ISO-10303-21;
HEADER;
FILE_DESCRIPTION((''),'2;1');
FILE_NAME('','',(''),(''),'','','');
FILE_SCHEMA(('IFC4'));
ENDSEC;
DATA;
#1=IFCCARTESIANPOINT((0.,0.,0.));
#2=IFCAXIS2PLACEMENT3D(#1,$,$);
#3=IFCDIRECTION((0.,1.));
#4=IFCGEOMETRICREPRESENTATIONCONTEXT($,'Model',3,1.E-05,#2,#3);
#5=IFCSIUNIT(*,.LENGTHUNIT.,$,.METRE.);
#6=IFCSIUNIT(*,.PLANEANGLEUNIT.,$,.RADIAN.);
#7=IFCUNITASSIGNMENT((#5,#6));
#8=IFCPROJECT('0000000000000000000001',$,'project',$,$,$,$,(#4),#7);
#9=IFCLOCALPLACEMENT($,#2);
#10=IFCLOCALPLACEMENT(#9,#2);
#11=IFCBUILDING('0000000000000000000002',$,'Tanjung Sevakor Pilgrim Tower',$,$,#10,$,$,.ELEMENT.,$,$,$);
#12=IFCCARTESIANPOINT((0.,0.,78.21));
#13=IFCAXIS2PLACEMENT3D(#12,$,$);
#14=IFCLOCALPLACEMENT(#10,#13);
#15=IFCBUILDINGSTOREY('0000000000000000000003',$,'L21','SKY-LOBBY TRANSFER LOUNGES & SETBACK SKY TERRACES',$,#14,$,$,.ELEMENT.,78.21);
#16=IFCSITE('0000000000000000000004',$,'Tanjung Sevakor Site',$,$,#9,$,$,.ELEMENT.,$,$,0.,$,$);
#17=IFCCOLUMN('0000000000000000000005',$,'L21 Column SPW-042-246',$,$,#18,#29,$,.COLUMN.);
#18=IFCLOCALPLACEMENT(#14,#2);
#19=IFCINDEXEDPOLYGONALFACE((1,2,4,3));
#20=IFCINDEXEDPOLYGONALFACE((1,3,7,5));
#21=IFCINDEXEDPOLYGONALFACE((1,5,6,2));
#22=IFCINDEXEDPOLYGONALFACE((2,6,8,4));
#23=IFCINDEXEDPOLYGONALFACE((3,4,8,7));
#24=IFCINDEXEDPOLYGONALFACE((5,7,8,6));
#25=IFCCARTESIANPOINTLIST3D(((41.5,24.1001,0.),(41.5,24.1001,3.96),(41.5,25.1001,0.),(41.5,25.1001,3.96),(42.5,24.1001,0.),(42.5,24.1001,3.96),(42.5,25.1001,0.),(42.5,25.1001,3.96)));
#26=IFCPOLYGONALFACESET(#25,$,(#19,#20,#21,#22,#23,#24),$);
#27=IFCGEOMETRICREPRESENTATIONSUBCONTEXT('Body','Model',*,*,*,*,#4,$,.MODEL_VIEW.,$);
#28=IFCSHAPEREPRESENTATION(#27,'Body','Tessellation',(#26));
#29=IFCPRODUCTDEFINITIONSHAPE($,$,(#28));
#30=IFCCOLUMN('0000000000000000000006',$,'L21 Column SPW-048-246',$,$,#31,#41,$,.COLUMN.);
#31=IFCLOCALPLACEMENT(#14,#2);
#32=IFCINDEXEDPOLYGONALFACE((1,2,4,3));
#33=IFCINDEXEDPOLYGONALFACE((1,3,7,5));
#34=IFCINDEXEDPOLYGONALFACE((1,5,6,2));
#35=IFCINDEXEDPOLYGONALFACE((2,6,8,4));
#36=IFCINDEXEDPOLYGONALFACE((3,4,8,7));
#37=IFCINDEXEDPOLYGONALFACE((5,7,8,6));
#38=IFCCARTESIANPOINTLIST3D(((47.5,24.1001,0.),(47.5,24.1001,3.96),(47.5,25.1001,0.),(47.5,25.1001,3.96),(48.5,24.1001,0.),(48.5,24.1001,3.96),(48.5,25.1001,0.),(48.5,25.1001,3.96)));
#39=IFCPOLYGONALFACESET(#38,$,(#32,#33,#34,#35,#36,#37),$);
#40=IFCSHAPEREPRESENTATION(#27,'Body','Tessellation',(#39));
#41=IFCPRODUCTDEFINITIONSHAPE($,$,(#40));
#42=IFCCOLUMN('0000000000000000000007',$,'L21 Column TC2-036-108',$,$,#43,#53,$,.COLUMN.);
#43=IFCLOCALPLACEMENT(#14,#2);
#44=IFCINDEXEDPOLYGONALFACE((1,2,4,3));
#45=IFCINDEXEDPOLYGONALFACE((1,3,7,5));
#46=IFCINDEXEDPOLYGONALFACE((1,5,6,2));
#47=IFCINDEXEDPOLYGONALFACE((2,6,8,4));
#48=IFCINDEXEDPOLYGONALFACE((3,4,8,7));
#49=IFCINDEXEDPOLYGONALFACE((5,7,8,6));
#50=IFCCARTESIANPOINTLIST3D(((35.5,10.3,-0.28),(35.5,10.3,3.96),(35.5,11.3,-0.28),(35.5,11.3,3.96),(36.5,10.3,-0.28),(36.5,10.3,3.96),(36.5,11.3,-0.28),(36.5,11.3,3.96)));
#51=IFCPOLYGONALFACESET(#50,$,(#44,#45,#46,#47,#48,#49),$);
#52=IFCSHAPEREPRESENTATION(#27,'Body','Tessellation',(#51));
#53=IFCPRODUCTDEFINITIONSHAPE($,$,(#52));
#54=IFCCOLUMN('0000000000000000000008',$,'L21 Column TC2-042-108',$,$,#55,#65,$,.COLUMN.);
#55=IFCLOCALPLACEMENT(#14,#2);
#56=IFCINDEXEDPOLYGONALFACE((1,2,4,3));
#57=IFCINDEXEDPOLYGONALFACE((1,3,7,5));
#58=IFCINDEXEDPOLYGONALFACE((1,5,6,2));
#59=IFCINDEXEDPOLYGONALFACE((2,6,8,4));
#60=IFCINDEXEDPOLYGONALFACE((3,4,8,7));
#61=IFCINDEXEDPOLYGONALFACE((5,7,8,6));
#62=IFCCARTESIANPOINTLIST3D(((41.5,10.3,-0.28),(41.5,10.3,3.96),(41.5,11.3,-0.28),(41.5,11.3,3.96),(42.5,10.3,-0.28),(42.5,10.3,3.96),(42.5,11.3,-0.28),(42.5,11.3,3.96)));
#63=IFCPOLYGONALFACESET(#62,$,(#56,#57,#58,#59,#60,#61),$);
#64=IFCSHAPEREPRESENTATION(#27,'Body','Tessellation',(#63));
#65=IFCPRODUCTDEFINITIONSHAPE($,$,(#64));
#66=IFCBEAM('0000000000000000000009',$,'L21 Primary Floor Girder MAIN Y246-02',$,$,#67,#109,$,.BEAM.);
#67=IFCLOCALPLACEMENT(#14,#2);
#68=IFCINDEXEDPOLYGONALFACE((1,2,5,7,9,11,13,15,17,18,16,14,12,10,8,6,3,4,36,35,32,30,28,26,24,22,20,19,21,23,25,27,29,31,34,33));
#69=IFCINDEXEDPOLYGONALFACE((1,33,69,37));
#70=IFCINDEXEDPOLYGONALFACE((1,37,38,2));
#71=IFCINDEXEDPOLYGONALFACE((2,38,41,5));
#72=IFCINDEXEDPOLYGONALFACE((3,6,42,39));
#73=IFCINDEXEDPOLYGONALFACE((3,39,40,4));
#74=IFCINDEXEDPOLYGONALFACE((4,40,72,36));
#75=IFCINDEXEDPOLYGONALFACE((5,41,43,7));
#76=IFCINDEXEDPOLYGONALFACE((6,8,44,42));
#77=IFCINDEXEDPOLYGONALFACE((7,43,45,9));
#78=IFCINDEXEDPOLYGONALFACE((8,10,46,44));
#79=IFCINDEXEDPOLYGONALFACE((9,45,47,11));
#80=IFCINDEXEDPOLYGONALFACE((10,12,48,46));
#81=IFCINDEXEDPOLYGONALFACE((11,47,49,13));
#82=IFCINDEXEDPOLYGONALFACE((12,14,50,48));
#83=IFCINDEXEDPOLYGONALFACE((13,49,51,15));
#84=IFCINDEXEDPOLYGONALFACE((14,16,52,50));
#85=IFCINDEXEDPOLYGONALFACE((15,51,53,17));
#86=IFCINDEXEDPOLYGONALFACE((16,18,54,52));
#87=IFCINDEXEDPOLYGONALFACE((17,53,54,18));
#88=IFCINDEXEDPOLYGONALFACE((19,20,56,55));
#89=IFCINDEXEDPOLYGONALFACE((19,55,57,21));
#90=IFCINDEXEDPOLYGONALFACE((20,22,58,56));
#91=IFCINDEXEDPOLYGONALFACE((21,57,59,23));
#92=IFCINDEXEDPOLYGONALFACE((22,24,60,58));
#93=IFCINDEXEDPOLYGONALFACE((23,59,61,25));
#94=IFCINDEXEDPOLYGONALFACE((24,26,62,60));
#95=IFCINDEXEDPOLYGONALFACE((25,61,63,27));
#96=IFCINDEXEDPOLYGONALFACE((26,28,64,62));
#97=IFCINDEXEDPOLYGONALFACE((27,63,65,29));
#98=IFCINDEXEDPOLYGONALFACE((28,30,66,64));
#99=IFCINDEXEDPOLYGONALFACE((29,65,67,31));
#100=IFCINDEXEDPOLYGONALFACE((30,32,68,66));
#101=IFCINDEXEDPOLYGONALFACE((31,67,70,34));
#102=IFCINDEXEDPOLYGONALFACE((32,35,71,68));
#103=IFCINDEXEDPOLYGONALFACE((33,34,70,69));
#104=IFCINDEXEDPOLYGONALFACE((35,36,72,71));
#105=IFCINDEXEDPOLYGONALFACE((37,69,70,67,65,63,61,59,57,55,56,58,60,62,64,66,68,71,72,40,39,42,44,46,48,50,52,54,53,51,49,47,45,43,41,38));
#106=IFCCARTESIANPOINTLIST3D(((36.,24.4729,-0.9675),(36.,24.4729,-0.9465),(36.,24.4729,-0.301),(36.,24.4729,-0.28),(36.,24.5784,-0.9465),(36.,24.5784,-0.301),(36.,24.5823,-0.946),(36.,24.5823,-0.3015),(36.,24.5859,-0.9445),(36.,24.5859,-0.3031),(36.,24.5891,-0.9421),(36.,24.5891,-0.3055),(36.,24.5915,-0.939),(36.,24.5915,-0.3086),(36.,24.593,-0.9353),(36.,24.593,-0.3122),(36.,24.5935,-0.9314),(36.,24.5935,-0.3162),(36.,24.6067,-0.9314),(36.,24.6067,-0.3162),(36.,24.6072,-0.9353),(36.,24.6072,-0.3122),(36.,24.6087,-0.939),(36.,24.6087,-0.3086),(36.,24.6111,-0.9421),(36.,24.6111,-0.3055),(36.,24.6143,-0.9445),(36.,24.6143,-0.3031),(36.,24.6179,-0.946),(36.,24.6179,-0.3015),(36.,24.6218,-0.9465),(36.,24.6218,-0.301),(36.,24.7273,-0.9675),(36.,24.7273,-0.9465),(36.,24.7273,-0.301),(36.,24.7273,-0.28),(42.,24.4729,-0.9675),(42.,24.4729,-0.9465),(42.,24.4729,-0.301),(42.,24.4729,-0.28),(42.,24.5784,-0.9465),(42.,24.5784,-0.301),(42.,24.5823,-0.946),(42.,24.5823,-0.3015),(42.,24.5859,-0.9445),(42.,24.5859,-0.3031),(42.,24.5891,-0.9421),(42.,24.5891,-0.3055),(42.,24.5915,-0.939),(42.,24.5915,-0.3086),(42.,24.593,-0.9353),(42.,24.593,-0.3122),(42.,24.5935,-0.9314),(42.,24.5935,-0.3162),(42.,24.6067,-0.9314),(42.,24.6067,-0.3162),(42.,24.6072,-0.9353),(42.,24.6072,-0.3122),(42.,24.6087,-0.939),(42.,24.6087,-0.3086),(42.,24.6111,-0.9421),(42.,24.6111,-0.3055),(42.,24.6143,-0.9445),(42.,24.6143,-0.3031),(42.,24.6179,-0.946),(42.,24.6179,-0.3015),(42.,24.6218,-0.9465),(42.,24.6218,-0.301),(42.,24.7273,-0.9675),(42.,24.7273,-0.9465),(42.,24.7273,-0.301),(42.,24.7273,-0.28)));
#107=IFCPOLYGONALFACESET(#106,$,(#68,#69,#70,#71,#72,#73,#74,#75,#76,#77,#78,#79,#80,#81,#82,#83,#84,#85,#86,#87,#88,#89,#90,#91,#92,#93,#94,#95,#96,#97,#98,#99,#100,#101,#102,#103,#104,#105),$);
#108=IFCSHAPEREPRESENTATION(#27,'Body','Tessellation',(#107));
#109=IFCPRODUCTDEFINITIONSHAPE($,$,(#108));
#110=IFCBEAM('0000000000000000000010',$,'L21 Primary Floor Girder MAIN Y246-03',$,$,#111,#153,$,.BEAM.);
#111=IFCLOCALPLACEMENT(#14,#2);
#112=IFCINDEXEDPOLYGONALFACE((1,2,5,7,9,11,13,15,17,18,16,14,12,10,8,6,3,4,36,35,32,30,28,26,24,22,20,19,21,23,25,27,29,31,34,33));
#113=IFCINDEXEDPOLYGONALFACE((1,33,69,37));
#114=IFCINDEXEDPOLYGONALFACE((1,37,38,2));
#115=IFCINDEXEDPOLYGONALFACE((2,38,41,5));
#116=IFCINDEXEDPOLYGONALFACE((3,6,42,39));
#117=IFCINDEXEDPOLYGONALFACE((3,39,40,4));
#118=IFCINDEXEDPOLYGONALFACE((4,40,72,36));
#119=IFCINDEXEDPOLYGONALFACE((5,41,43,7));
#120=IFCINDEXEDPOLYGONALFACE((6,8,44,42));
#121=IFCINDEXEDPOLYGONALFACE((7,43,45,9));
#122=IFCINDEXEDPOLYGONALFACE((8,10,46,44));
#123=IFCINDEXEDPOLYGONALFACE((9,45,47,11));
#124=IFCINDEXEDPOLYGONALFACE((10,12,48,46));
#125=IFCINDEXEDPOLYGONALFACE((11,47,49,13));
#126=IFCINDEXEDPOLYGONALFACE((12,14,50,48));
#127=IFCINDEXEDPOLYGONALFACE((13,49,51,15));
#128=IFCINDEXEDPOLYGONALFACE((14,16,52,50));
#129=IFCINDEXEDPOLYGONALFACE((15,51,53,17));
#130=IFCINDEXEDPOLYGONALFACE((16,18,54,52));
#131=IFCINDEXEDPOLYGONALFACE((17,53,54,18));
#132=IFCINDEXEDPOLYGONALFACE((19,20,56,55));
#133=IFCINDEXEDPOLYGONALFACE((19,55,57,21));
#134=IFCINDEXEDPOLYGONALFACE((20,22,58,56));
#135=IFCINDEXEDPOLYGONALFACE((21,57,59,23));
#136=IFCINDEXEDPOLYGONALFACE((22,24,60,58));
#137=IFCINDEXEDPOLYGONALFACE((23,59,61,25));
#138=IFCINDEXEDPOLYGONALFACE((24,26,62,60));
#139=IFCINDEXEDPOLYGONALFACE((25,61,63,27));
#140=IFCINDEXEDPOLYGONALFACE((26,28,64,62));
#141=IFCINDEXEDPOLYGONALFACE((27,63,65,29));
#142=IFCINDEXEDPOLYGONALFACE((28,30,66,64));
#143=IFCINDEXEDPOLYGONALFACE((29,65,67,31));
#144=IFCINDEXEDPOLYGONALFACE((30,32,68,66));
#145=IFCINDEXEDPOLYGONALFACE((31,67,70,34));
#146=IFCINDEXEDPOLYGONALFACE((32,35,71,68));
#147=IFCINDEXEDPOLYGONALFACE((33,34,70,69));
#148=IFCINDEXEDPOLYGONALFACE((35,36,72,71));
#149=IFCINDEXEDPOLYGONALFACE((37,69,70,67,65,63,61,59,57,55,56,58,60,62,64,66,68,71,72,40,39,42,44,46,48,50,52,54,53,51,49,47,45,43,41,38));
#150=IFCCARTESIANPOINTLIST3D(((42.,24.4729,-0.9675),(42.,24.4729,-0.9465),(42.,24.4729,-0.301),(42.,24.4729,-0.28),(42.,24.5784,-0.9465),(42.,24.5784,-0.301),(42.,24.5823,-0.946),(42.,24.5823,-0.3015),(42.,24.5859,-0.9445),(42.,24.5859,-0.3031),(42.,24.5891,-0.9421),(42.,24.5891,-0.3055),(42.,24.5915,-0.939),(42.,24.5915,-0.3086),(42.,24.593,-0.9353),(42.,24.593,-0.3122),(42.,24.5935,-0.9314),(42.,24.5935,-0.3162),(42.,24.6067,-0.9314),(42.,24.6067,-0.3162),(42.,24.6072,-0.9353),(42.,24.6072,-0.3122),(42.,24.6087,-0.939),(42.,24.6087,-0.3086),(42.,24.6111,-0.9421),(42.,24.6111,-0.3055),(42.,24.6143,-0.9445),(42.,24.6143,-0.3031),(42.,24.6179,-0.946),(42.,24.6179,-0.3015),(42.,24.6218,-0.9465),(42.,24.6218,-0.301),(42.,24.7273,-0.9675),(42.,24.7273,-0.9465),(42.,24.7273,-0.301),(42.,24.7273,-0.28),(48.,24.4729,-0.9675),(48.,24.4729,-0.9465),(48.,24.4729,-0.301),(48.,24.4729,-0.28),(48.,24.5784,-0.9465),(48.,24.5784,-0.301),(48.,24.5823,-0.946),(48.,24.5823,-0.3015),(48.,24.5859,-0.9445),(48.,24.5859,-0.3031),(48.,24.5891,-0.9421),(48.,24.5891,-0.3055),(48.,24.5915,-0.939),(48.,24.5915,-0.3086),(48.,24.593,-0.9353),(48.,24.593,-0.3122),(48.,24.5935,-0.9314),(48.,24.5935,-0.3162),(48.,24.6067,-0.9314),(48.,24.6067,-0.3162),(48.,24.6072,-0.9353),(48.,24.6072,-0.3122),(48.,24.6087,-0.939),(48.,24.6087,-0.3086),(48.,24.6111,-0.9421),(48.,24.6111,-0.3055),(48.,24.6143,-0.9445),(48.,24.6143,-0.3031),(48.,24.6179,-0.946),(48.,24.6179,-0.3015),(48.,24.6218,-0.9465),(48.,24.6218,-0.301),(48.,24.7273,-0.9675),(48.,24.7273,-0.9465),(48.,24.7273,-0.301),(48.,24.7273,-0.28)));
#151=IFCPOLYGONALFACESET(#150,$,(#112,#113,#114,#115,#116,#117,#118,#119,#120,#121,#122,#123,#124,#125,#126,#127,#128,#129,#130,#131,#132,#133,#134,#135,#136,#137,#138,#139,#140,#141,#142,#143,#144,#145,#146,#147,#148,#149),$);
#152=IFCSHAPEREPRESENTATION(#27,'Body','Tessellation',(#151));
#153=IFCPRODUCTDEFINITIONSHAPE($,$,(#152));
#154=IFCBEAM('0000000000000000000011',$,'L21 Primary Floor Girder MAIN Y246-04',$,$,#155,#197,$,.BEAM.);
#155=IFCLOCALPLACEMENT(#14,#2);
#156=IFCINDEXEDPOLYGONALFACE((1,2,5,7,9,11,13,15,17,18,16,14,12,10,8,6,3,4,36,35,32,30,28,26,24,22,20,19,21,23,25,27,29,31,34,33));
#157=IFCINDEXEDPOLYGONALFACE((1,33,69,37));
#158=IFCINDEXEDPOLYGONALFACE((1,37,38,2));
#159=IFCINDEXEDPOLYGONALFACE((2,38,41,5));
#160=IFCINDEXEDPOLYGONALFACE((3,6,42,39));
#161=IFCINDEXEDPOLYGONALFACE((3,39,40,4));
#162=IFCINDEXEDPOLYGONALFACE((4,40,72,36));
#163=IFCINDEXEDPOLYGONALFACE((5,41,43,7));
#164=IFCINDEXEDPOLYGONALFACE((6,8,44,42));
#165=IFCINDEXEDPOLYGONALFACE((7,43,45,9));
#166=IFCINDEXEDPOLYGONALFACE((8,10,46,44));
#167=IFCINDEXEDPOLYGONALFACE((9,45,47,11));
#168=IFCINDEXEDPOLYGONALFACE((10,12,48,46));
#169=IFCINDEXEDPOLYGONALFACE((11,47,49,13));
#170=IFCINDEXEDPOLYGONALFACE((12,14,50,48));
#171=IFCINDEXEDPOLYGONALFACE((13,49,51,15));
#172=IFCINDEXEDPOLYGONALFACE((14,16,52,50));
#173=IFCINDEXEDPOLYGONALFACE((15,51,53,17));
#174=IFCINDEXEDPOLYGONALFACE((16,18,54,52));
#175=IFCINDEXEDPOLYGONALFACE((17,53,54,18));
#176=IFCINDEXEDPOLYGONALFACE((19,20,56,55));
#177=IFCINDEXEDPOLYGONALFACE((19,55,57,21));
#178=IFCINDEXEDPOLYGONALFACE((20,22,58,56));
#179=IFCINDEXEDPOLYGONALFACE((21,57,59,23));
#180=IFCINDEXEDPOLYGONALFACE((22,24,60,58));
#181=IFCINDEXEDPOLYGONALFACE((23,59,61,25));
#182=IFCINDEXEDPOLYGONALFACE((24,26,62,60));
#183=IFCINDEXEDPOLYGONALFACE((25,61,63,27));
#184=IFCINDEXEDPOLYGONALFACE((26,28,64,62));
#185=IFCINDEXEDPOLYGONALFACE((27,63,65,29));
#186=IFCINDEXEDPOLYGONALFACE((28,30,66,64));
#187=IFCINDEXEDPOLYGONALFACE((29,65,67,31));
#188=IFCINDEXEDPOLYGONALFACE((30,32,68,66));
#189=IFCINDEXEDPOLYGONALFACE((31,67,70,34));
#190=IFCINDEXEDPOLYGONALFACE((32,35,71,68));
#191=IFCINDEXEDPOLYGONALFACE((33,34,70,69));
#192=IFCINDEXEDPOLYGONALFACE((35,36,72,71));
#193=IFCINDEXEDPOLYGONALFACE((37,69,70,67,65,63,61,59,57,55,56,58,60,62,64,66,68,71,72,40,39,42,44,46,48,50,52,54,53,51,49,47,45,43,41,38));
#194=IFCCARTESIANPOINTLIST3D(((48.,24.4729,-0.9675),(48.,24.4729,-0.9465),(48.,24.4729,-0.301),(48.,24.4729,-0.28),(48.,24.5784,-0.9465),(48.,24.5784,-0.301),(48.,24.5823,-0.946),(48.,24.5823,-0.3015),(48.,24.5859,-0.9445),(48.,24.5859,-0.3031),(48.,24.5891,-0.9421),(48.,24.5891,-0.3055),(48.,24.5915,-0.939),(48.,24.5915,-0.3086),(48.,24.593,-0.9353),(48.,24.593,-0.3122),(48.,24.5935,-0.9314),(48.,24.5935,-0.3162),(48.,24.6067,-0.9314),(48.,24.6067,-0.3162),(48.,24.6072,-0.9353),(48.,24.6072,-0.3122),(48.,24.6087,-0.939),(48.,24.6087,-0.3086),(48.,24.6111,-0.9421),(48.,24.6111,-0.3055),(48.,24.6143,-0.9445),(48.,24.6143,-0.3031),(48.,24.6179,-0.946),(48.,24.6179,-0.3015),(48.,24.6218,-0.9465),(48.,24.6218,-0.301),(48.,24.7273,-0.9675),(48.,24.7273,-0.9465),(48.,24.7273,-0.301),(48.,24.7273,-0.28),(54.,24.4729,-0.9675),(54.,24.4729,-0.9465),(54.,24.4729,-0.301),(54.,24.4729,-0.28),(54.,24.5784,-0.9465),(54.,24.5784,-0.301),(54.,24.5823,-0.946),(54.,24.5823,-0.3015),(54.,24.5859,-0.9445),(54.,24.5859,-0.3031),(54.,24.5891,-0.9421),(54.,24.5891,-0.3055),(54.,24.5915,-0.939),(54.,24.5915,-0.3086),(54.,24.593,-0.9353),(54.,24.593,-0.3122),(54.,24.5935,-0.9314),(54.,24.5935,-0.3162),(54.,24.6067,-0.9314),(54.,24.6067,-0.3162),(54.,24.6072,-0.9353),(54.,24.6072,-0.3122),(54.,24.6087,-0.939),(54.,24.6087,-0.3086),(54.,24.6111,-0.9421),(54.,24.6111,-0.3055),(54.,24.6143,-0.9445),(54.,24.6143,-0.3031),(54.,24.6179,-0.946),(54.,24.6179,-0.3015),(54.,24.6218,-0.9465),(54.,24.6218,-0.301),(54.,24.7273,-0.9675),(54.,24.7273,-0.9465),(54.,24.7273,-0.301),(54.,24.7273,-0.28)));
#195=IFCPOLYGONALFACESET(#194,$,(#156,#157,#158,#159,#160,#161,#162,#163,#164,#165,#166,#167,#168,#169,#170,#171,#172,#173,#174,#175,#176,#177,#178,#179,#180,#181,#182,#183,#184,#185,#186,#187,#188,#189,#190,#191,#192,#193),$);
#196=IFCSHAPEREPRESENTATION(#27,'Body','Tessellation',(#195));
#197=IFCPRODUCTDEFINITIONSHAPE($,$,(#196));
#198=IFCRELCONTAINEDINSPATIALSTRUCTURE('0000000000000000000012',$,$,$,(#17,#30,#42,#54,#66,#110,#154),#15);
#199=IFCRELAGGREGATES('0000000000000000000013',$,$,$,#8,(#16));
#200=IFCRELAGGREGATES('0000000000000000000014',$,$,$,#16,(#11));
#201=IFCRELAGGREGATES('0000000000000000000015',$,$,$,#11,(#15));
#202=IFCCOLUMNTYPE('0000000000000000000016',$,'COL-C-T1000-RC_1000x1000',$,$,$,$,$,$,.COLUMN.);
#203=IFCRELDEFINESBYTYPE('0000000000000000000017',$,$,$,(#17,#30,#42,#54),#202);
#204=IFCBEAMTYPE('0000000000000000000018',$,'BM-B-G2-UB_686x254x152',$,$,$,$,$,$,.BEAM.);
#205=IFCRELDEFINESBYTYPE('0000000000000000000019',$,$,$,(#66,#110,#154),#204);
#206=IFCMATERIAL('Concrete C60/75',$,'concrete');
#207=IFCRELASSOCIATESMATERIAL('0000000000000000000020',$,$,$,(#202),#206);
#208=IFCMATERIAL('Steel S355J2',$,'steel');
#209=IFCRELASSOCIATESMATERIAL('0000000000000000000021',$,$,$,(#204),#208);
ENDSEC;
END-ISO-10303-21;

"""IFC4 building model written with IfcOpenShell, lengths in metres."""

from ifc_helpers import new_model, si_unit, direction, frame, origin, origin_2d, place, context, subcontext, project, spatial, rectangle, i_section, extrude, material, material_profile, profile_set, type_object, element, save


model = new_model("IFC4")

# Units and contexts
model_context = context("Model", 3, precision=1e-05, world=origin(), true_north=direction((0.0, 1.0)))
body_context = subcontext(model_context, "Body", "Model", "MODEL_VIEW")
ifc_project = project(units=[si_unit("LENGTHUNIT", "METRE"), si_unit("PLANEANGLEUNIT", "RADIAN")], contexts=[model_context])

# Site, building, storey
site_placement = place(None, origin())
site = spatial("IfcSite", under=ifc_project, at=site_placement, Name="Tanjung Sevakor Site", CompositionType="ELEMENT", RefElevation=0.0)
building_placement = place(site_placement, origin())
building = spatial("IfcBuilding", under=site, at=building_placement, Name="Tanjung Sevakor Pilgrim Tower", CompositionType="ELEMENT")
storey_placement = place(building_placement, frame((0.0, 0.0, 78.21)))
storey = spatial("IfcBuildingStorey", under=building, at=storey_placement, Name="L21", Description="SKY-LOBBY TRANSFER LOUNGES & SETBACK SKY TERRACES", CompositionType="ELEMENT", Elevation=78.21)

# Columns
ifc_material_1 = material(Name="Concrete C60/75", Category="concrete")
ifc_material_profile_1 = material_profile(ifc_material_1, rectangle(XDim=1.0, YDim=1.0, at=origin_2d()))
ifc_profile_set_1 = profile_set([ifc_material_profile_1], Name="Concrete C60/75")
column_type = type_object("IfcColumnType", Name="COL-C-T1000-RC_1000x1000", PredefinedType="COLUMN", material=ifc_profile_set_1)
for number, where, z_axis, x_axis, name in (
    (1, (42.0, 24.6001, 0.0), (0.0, 0.0, 1.0), (1.0, 0.0, 0.0), "L21 Column SPW-042-246"),
    (2, (48.0, 24.6001, 0.0), (0.0, 0.0, 1.0), (1.0, 0.0, 0.0), "L21 Column SPW-048-246"),
):
    element("IfcColumn", number, at=place(storey_placement, frame(where, z_axis=z_axis, x_axis=x_axis)), inside=storey, type_object=column_type, Name=name, PredefinedType="COLUMN", context=body_context, shape_type="SweptSolid", body=[
        extrude(rectangle(XDim=1.0, YDim=1.0, at=origin_2d()), origin(), (0.0, 0.0, 1.0), 3.96),
    ])
for number, where, z_axis, x_axis, name in (
    (3, (36.0, 10.8, -0.28), (0.0, 0.0, 1.0), (1.0, 0.0, 0.0), "L21 Column TC2-036-108"),
    (4, (42.0, 10.8, -0.28), (0.0, 0.0, 1.0), (1.0, 0.0, 0.0), "L21 Column TC2-042-108"),
):
    element("IfcColumn", number, at=place(storey_placement, frame(where, z_axis=z_axis, x_axis=x_axis)), inside=storey, type_object=column_type, Name=name, PredefinedType="COLUMN", context=body_context, shape_type="SweptSolid", body=[
        extrude(rectangle(XDim=1.0, YDim=1.0, at=origin_2d()), origin(), (0.0, 0.0, 1.0), 4.24),
    ])

# Beams
ifc_material_2 = material(Name="Steel S355J2", Category="steel")
ifc_material_profile_2 = material_profile(ifc_material_2, i_section(OverallWidth=0.2544, OverallDepth=0.6875, WebThickness=0.0132, FlangeThickness=0.021, FilletRadius=0.0151, at=origin_2d()))
ifc_profile_set_2 = profile_set([ifc_material_profile_2], Name="Steel S355J2")
beam_type_1 = type_object("IfcBeamType", Name="BM-B-G2-UB_686x254x152", PredefinedType="BEAM", material=ifc_profile_set_2)
for number, where, z_axis, x_axis, name in (
    (5, (36.0, 24.6001, -0.6238), (1.0, 0.0, 0.0), (0.0, 1.0, 0.0), "L21 Primary Floor Girder MAIN Y246-02"),
    (6, (42.0, 24.6001, -0.6238), (1.0, 0.0, 0.0), (0.0, 1.0, 0.0), "L21 Primary Floor Girder MAIN Y246-03"),
    (7, (48.0, 24.6001, -0.6238), (1.0, 0.0, 0.0), (0.0, 1.0, 0.0), "L21 Primary Floor Girder MAIN Y246-04"),
):
    element("IfcBeam", number, at=place(storey_placement, frame(where, z_axis=z_axis, x_axis=x_axis)), inside=storey, type_object=beam_type_1, Name=name, PredefinedType="BEAM", context=body_context, shape_type="SweptSolid", body=[
        extrude(i_section(OverallWidth=0.2544, OverallDepth=0.6875, WebThickness=0.0132, FlangeThickness=0.021, FilletRadius=0.0151, at=origin_2d()), origin(), (0.0, 0.0, 1.0), 6.0),
    ])

save(model, "model.ifc")
